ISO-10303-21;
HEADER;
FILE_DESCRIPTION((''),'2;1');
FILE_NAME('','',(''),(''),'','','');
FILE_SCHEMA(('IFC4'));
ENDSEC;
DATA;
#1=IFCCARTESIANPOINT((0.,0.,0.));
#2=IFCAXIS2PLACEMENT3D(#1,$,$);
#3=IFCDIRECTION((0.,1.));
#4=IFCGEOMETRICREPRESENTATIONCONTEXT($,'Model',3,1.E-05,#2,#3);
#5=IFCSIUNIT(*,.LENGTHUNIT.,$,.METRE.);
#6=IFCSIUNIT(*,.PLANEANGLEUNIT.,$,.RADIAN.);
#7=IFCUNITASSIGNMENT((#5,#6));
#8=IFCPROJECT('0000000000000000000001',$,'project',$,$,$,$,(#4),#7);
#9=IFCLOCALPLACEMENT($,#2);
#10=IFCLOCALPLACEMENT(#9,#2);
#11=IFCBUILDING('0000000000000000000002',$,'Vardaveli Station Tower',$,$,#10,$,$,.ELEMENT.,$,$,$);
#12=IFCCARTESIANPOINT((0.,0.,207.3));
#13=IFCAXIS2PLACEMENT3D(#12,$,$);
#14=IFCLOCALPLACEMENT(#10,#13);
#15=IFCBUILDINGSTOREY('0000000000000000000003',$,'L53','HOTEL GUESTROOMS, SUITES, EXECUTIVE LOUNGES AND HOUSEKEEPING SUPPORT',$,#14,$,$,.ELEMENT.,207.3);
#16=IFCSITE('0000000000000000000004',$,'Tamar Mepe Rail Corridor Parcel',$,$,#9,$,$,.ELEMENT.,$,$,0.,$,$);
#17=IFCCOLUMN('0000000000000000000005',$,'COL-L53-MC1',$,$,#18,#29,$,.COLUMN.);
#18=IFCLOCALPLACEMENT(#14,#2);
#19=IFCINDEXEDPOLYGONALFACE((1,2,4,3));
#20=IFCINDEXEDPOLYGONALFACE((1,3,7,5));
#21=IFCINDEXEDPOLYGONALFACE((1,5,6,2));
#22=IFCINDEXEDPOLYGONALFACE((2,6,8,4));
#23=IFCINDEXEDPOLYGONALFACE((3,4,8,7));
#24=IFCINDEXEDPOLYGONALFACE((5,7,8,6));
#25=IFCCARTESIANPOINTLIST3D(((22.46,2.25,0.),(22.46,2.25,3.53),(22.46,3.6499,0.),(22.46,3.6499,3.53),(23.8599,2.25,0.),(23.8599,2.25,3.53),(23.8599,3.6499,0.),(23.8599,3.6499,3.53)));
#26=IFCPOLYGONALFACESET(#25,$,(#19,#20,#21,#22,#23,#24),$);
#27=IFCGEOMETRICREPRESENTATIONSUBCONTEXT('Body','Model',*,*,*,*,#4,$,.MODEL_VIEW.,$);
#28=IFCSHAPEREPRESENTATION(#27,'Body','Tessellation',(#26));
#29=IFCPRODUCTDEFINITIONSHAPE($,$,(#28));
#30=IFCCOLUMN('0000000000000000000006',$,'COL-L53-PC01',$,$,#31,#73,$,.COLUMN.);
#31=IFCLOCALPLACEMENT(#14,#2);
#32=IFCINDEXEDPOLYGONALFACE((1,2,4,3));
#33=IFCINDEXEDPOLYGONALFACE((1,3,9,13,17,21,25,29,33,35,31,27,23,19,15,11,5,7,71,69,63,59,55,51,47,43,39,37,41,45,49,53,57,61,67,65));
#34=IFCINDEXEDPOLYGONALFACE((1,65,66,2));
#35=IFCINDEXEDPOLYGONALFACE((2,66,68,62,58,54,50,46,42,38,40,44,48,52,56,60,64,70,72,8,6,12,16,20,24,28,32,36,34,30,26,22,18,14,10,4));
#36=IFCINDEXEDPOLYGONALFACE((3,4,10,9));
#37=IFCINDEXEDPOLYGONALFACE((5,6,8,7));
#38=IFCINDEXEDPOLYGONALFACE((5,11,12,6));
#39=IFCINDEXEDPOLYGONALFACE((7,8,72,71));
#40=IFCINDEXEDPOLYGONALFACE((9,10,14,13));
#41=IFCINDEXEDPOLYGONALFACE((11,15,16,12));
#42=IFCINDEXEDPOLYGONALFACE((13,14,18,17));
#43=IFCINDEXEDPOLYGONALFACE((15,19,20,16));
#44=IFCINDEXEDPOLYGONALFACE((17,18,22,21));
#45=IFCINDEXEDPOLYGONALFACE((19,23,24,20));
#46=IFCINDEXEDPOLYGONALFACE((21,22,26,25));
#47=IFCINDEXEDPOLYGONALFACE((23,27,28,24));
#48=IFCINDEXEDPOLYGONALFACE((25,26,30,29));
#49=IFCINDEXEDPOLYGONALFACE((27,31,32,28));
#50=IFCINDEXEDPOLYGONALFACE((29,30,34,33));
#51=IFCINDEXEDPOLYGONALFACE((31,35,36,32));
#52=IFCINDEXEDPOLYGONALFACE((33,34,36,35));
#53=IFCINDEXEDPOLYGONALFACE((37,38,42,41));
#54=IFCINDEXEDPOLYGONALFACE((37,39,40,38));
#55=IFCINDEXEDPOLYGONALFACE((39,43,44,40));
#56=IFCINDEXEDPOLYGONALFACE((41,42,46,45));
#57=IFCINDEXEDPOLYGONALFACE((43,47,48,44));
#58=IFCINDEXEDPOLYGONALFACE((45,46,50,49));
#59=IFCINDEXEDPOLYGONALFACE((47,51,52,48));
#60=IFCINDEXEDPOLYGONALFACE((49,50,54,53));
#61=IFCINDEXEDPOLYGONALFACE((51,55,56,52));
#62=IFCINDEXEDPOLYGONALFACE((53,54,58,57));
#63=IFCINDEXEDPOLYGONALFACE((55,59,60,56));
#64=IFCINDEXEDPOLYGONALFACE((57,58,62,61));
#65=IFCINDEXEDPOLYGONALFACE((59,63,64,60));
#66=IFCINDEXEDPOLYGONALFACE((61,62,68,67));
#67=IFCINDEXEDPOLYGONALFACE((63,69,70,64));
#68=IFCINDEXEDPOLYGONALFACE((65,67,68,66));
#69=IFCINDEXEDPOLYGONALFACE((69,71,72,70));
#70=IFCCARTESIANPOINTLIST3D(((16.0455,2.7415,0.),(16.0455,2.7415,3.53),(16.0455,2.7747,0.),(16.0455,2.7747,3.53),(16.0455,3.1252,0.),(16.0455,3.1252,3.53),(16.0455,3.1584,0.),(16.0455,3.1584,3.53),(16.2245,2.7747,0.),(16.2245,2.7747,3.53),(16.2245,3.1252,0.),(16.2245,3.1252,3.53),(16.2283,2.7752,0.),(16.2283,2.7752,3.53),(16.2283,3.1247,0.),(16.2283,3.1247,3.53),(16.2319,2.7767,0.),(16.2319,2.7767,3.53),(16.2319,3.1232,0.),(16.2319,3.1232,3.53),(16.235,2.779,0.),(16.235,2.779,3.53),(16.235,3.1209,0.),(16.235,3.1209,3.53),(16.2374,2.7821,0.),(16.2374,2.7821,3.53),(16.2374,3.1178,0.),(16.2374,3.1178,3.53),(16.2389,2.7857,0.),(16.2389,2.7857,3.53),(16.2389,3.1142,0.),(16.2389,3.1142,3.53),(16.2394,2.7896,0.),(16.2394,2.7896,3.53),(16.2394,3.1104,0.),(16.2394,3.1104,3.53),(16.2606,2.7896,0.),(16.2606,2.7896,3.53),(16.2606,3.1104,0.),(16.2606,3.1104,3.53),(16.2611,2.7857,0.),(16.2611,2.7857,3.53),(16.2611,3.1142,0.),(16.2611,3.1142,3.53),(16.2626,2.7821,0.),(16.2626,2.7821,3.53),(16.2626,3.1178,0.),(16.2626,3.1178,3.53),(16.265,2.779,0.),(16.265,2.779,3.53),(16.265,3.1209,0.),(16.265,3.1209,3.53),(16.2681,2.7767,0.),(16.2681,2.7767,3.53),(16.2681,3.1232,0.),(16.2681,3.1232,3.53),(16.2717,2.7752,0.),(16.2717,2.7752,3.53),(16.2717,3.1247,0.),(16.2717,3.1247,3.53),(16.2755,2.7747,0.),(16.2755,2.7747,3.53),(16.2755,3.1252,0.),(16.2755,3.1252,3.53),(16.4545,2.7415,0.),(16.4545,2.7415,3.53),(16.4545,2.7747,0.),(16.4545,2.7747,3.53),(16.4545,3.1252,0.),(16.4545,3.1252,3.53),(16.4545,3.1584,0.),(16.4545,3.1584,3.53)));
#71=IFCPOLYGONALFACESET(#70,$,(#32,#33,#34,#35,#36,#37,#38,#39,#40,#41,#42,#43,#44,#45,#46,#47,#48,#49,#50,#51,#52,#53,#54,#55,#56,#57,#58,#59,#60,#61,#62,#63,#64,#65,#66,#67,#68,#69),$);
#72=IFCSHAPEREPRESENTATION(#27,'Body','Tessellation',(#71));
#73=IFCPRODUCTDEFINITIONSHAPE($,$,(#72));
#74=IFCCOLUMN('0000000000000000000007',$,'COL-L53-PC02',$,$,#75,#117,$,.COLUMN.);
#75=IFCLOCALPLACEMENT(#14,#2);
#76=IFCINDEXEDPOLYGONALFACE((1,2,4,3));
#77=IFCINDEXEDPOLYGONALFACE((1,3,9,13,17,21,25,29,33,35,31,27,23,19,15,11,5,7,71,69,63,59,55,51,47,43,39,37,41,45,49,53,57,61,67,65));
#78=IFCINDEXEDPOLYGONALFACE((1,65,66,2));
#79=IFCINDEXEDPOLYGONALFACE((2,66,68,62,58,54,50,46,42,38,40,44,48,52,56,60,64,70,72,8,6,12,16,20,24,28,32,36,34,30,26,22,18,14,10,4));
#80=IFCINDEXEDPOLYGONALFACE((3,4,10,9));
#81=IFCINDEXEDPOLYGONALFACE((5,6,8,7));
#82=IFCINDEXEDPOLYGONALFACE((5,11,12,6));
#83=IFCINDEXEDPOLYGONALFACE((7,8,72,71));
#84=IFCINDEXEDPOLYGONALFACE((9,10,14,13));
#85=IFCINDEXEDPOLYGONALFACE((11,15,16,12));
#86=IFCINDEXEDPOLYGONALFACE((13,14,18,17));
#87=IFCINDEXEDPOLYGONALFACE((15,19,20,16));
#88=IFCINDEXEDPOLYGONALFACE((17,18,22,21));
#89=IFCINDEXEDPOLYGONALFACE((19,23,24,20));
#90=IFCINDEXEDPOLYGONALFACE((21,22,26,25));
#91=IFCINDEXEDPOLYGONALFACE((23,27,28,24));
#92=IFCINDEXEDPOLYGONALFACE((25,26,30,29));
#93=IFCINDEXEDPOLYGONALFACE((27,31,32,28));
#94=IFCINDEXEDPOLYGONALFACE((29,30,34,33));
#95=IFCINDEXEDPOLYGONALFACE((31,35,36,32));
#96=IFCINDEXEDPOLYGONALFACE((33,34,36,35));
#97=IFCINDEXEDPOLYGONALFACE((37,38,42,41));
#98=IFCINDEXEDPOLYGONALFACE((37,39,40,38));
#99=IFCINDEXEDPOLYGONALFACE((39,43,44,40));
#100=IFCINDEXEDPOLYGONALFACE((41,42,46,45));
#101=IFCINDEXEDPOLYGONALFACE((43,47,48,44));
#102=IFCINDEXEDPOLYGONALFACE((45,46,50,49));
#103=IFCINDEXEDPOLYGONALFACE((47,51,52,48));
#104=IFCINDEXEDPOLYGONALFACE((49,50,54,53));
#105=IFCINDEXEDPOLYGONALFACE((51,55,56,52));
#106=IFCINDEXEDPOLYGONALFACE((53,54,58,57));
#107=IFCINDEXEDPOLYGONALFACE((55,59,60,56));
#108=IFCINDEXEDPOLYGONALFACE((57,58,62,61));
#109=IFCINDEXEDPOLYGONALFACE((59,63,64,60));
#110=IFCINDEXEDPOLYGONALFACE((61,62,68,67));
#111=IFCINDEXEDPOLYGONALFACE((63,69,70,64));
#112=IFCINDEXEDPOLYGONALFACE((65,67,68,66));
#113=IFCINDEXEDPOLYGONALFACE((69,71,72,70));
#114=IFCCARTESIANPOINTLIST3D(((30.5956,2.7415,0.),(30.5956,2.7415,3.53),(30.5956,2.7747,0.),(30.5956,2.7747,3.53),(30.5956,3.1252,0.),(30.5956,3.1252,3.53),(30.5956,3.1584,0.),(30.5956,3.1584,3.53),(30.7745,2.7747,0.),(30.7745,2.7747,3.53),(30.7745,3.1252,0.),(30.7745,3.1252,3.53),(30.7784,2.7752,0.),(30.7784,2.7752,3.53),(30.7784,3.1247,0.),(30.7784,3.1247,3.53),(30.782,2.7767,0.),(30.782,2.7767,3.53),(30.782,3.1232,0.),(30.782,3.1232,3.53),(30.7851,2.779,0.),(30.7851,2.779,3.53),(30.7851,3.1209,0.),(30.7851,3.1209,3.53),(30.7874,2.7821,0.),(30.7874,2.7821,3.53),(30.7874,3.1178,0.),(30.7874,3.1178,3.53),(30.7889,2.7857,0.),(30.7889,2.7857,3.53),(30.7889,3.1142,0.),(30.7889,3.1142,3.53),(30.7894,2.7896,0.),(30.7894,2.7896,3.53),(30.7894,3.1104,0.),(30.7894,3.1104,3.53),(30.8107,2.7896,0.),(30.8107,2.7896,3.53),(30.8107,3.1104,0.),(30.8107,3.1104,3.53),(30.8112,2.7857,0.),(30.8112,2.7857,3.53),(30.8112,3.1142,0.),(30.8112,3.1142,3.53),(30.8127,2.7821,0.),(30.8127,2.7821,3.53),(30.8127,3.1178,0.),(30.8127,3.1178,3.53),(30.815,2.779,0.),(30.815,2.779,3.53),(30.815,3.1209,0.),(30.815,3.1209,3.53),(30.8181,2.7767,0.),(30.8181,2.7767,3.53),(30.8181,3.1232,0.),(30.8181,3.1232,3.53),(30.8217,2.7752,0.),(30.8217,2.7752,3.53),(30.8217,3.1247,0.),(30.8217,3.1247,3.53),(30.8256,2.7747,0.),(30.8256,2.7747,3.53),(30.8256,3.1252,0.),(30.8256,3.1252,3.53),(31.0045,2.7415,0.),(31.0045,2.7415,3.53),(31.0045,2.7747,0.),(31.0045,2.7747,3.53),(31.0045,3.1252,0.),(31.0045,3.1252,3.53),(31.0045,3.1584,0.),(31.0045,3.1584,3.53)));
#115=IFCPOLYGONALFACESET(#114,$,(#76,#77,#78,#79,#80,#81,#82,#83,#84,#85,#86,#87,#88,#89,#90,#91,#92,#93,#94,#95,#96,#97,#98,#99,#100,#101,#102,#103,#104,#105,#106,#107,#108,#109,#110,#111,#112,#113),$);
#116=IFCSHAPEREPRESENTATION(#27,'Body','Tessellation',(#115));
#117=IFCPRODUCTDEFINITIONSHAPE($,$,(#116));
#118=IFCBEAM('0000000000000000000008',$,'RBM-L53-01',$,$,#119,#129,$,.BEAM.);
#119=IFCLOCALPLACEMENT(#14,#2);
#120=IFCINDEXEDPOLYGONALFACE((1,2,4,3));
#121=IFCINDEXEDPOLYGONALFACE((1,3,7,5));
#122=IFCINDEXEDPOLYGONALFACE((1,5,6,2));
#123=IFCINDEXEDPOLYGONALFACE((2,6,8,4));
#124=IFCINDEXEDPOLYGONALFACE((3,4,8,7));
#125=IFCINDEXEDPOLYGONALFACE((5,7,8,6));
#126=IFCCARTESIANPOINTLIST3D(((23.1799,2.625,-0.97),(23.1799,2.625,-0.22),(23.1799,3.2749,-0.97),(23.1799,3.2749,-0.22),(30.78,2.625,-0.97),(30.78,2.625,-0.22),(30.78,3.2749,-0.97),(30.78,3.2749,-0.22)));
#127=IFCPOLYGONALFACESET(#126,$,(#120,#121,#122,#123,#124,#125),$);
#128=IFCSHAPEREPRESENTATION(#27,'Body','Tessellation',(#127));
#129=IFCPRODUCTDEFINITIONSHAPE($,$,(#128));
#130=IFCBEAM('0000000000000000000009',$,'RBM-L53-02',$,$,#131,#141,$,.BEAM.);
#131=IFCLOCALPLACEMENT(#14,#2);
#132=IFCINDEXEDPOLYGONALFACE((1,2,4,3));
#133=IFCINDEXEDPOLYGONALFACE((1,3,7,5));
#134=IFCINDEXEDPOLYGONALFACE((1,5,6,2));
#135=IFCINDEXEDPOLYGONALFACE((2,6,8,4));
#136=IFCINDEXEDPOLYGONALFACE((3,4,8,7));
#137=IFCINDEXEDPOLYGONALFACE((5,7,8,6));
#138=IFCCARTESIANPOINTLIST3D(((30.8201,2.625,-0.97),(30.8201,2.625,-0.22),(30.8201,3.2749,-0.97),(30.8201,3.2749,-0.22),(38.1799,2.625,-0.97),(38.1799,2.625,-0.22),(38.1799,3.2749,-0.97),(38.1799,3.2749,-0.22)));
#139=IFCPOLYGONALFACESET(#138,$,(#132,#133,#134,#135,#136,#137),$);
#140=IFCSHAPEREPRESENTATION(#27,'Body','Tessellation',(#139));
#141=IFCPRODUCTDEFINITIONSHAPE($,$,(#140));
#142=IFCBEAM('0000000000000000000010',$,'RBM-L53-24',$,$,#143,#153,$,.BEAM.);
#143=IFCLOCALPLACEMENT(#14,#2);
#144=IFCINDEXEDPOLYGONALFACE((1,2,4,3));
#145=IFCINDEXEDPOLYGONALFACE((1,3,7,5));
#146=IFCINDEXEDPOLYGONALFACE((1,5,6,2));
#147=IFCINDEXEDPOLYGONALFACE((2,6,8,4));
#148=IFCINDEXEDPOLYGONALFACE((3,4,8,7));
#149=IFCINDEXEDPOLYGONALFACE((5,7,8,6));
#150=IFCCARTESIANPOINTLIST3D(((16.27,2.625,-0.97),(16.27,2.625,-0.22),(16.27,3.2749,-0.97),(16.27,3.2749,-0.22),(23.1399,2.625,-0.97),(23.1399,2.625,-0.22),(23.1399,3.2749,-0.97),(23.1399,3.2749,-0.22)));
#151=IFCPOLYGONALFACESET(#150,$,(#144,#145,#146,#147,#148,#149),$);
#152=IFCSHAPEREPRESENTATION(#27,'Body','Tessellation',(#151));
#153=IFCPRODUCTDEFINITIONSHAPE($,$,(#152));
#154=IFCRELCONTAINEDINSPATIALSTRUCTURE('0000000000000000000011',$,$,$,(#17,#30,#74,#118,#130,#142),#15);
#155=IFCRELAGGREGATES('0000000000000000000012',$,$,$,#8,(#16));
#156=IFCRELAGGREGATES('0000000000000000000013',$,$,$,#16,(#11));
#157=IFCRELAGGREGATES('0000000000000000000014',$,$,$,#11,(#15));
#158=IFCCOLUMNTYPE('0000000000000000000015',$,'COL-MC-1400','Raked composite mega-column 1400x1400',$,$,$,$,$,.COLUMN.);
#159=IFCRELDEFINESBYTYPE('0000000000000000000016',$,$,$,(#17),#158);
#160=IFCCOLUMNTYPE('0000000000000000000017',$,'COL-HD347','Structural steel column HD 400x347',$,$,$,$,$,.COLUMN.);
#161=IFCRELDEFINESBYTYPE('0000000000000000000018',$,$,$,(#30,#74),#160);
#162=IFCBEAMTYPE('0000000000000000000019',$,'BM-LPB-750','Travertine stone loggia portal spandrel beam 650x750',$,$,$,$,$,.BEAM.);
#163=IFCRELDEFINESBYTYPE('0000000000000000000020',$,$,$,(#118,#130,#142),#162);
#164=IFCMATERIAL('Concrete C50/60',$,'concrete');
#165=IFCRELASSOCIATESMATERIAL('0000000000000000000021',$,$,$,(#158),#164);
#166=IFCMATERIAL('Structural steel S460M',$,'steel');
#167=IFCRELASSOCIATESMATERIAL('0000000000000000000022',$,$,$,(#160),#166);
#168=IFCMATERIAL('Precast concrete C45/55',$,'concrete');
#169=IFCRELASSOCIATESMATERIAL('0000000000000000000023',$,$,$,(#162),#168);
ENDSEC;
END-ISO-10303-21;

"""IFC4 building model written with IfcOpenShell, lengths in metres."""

from ifc_helpers import new_model, si_unit, direction, frame, origin, origin_2d, place, context, subcontext, project, spatial, rectangle, i_section, extrude, source, transform, mapped, material, material_profile, profile_set, type_object, element, save


model = new_model("IFC4")

# Units and contexts
model_context = context("Model", 3, precision=1e-05, world=origin(), true_north=direction((0.0, 1.0)))
body_context = subcontext(model_context, "Body", "Model", "MODEL_VIEW")
ifc_project = project(units=[si_unit("LENGTHUNIT", "METRE"), si_unit("PLANEANGLEUNIT", "RADIAN")], contexts=[model_context])

# Site, building, storey
site_placement = place(None, origin())
site = spatial("IfcSite", under=ifc_project, at=site_placement, Name="Tamar Mepe Rail Corridor Parcel", CompositionType="ELEMENT", RefElevation=0.0)
building_placement = place(site_placement, origin())
building = spatial("IfcBuilding", under=site, at=building_placement, Name="Vardaveli Station Tower", CompositionType="ELEMENT")
storey_placement = place(building_placement, frame((0.0, 0.0, 207.3)))
storey = spatial("IfcBuildingStorey", under=building, at=storey_placement, Name="L53", Description="HOTEL GUESTROOMS, SUITES, EXECUTIVE LOUNGES AND HOUSEKEEPING SUPPORT", CompositionType="ELEMENT", Elevation=207.3)

# Columns
ifc_material_1 = material(Name="Concrete C50/60", Category="concrete")
ifc_material_profile_1 = material_profile(ifc_material_1, rectangle(XDim=1.3999, YDim=1.3999, at=origin_2d()), Name="MC 1400x1400")
ifc_profile_set_1 = profile_set([ifc_material_profile_1], Name="Concrete C50/60")
column_type_1 = type_object("IfcColumnType", Name="COL-MC-1400", Description="Raked composite mega-column 1400x1400", PredefinedType="COLUMN", material=ifc_profile_set_1)
shared_shape_1 = source(origin(), body_context, "Body", "SweptSolid", [
    extrude(rectangle(XDim=1.3999, YDim=1.3999, at=origin_2d()), origin(), (0.0, 0.0, 1.0), 3.53),
])
column_placement = place(storey_placement, frame((23.1599, 2.95, 0.0), z_axis=(0.0, 0.0, 1.0), x_axis=(1.0, 0.0, 0.0)))
element("IfcColumn", 1, at=column_placement, inside=storey, type_object=column_type_1, Name="COL-L53-MC1", PredefinedType="COLUMN", context=body_context, shape_type="MappedRepresentation", body=[
    mapped(shared_shape_1, transform((0.0, 0.0, 0.0), scale=1.0)),
])
ifc_material_2 = material(Name="Structural steel S460M", Category="steel")
ifc_material_profile_2 = material_profile(ifc_material_2, i_section(OverallWidth=0.4089, OverallDepth=0.417, WebThickness=0.0212, FlangeThickness=0.0332, FilletRadius=0.0149, at=origin_2d()), Name="HD 400x347")
ifc_profile_set_2 = profile_set([ifc_material_profile_2], Name="Structural steel S460M")
column_type_2 = type_object("IfcColumnType", Name="COL-HD347", Description="Structural steel column HD 400x347", PredefinedType="COLUMN", material=ifc_profile_set_2)
shared_shape_2 = source(origin(), body_context, "Body", "SweptSolid", [
    extrude(i_section(OverallWidth=0.4089, OverallDepth=0.417, WebThickness=0.0212, FlangeThickness=0.0332, FilletRadius=0.0149, at=origin_2d()), origin(), (0.0, 0.0, 1.0), 3.53),
])
for number, where, z_axis, x_axis, name in (
    (2, (16.25, 2.95, 0.0), (0.0, 0.0, 1.0), (1.0, 0.0, 0.0), "COL-L53-PC01"),
    (3, (30.8, 2.95, 0.0), (0.0, 0.0, 1.0), (1.0, 0.0, 0.0), "COL-L53-PC02"),
):
    element("IfcColumn", number, at=place(storey_placement, frame(where, z_axis=z_axis, x_axis=x_axis)), inside=storey, type_object=column_type_2, Name=name, PredefinedType="COLUMN", context=body_context, shape_type="MappedRepresentation", body=[
        mapped(shared_shape_2, transform((0.0, 0.0, 0.0), scale=1.0)),
    ])

# Beams
ifc_material_3 = material(Name="Precast concrete C45/55", Category="concrete")
ifc_material_profile_3 = material_profile(ifc_material_3, rectangle(XDim=0.6499, YDim=0.75, at=origin_2d()), Name="LPB 650x750")
ifc_profile_set_3 = profile_set([ifc_material_profile_3], Name="Precast concrete C45/55")
beam_type_1 = type_object("IfcBeamType", Name="BM-LPB-750", Description="Travertine stone loggia portal spandrel beam 650x750", PredefinedType="BEAM", material=ifc_profile_set_3)
shared_shape_3 = source(origin(), body_context, "Body", "SweptSolid", [
    extrude(rectangle(XDim=0.6499, YDim=0.75, at=origin_2d()), origin(), (0.0, 0.0, 1.0), 7.6001),
])
beam_1_placement = place(storey_placement, frame((23.1799, 2.95, -0.595), z_axis=(1.0, 0.0, 0.0), x_axis=(0.0, 1.0, 0.0)))
element("IfcBeam", 4, at=beam_1_placement, inside=storey, type_object=beam_type_1, Name="RBM-L53-01", PredefinedType="BEAM", context=body_context, shape_type="MappedRepresentation", body=[
    mapped(shared_shape_3, transform((0.0, 0.0, 0.0), scale=1.0)),
])
shared_shape_4 = source(origin(), body_context, "Body", "SweptSolid", [
    extrude(rectangle(XDim=0.6499, YDim=0.75, at=origin_2d()), origin(), (0.0, 0.0, 1.0), 7.3599),
])
beam_2_placement = place(storey_placement, frame((30.8201, 2.95, -0.595), z_axis=(1.0, 0.0, 0.0), x_axis=(0.0, 1.0, 0.0)))
element("IfcBeam", 5, at=beam_2_placement, inside=storey, type_object=beam_type_1, Name="RBM-L53-02", PredefinedType="BEAM", context=body_context, shape_type="MappedRepresentation", body=[
    mapped(shared_shape_4, transform((0.0, 0.0, 0.0), scale=1.0)),
])
shared_shape_5 = source(origin(), body_context, "Body", "SweptSolid", [
    extrude(rectangle(XDim=0.6499, YDim=0.75, at=origin_2d()), origin(), (0.0, 0.0, 1.0), 6.8699),
])
beam_3_placement = place(storey_placement, frame((16.27, 2.95, -0.595), z_axis=(1.0, 0.0, 0.0), x_axis=(0.0, 1.0, 0.0)))
element("IfcBeam", 6, at=beam_3_placement, inside=storey, type_object=beam_type_1, Name="RBM-L53-24", PredefinedType="BEAM", context=body_context, shape_type="MappedRepresentation", body=[
    mapped(shared_shape_5, transform((0.0, 0.0, 0.0), scale=1.0)),
])

save(model, "model.ifc")
